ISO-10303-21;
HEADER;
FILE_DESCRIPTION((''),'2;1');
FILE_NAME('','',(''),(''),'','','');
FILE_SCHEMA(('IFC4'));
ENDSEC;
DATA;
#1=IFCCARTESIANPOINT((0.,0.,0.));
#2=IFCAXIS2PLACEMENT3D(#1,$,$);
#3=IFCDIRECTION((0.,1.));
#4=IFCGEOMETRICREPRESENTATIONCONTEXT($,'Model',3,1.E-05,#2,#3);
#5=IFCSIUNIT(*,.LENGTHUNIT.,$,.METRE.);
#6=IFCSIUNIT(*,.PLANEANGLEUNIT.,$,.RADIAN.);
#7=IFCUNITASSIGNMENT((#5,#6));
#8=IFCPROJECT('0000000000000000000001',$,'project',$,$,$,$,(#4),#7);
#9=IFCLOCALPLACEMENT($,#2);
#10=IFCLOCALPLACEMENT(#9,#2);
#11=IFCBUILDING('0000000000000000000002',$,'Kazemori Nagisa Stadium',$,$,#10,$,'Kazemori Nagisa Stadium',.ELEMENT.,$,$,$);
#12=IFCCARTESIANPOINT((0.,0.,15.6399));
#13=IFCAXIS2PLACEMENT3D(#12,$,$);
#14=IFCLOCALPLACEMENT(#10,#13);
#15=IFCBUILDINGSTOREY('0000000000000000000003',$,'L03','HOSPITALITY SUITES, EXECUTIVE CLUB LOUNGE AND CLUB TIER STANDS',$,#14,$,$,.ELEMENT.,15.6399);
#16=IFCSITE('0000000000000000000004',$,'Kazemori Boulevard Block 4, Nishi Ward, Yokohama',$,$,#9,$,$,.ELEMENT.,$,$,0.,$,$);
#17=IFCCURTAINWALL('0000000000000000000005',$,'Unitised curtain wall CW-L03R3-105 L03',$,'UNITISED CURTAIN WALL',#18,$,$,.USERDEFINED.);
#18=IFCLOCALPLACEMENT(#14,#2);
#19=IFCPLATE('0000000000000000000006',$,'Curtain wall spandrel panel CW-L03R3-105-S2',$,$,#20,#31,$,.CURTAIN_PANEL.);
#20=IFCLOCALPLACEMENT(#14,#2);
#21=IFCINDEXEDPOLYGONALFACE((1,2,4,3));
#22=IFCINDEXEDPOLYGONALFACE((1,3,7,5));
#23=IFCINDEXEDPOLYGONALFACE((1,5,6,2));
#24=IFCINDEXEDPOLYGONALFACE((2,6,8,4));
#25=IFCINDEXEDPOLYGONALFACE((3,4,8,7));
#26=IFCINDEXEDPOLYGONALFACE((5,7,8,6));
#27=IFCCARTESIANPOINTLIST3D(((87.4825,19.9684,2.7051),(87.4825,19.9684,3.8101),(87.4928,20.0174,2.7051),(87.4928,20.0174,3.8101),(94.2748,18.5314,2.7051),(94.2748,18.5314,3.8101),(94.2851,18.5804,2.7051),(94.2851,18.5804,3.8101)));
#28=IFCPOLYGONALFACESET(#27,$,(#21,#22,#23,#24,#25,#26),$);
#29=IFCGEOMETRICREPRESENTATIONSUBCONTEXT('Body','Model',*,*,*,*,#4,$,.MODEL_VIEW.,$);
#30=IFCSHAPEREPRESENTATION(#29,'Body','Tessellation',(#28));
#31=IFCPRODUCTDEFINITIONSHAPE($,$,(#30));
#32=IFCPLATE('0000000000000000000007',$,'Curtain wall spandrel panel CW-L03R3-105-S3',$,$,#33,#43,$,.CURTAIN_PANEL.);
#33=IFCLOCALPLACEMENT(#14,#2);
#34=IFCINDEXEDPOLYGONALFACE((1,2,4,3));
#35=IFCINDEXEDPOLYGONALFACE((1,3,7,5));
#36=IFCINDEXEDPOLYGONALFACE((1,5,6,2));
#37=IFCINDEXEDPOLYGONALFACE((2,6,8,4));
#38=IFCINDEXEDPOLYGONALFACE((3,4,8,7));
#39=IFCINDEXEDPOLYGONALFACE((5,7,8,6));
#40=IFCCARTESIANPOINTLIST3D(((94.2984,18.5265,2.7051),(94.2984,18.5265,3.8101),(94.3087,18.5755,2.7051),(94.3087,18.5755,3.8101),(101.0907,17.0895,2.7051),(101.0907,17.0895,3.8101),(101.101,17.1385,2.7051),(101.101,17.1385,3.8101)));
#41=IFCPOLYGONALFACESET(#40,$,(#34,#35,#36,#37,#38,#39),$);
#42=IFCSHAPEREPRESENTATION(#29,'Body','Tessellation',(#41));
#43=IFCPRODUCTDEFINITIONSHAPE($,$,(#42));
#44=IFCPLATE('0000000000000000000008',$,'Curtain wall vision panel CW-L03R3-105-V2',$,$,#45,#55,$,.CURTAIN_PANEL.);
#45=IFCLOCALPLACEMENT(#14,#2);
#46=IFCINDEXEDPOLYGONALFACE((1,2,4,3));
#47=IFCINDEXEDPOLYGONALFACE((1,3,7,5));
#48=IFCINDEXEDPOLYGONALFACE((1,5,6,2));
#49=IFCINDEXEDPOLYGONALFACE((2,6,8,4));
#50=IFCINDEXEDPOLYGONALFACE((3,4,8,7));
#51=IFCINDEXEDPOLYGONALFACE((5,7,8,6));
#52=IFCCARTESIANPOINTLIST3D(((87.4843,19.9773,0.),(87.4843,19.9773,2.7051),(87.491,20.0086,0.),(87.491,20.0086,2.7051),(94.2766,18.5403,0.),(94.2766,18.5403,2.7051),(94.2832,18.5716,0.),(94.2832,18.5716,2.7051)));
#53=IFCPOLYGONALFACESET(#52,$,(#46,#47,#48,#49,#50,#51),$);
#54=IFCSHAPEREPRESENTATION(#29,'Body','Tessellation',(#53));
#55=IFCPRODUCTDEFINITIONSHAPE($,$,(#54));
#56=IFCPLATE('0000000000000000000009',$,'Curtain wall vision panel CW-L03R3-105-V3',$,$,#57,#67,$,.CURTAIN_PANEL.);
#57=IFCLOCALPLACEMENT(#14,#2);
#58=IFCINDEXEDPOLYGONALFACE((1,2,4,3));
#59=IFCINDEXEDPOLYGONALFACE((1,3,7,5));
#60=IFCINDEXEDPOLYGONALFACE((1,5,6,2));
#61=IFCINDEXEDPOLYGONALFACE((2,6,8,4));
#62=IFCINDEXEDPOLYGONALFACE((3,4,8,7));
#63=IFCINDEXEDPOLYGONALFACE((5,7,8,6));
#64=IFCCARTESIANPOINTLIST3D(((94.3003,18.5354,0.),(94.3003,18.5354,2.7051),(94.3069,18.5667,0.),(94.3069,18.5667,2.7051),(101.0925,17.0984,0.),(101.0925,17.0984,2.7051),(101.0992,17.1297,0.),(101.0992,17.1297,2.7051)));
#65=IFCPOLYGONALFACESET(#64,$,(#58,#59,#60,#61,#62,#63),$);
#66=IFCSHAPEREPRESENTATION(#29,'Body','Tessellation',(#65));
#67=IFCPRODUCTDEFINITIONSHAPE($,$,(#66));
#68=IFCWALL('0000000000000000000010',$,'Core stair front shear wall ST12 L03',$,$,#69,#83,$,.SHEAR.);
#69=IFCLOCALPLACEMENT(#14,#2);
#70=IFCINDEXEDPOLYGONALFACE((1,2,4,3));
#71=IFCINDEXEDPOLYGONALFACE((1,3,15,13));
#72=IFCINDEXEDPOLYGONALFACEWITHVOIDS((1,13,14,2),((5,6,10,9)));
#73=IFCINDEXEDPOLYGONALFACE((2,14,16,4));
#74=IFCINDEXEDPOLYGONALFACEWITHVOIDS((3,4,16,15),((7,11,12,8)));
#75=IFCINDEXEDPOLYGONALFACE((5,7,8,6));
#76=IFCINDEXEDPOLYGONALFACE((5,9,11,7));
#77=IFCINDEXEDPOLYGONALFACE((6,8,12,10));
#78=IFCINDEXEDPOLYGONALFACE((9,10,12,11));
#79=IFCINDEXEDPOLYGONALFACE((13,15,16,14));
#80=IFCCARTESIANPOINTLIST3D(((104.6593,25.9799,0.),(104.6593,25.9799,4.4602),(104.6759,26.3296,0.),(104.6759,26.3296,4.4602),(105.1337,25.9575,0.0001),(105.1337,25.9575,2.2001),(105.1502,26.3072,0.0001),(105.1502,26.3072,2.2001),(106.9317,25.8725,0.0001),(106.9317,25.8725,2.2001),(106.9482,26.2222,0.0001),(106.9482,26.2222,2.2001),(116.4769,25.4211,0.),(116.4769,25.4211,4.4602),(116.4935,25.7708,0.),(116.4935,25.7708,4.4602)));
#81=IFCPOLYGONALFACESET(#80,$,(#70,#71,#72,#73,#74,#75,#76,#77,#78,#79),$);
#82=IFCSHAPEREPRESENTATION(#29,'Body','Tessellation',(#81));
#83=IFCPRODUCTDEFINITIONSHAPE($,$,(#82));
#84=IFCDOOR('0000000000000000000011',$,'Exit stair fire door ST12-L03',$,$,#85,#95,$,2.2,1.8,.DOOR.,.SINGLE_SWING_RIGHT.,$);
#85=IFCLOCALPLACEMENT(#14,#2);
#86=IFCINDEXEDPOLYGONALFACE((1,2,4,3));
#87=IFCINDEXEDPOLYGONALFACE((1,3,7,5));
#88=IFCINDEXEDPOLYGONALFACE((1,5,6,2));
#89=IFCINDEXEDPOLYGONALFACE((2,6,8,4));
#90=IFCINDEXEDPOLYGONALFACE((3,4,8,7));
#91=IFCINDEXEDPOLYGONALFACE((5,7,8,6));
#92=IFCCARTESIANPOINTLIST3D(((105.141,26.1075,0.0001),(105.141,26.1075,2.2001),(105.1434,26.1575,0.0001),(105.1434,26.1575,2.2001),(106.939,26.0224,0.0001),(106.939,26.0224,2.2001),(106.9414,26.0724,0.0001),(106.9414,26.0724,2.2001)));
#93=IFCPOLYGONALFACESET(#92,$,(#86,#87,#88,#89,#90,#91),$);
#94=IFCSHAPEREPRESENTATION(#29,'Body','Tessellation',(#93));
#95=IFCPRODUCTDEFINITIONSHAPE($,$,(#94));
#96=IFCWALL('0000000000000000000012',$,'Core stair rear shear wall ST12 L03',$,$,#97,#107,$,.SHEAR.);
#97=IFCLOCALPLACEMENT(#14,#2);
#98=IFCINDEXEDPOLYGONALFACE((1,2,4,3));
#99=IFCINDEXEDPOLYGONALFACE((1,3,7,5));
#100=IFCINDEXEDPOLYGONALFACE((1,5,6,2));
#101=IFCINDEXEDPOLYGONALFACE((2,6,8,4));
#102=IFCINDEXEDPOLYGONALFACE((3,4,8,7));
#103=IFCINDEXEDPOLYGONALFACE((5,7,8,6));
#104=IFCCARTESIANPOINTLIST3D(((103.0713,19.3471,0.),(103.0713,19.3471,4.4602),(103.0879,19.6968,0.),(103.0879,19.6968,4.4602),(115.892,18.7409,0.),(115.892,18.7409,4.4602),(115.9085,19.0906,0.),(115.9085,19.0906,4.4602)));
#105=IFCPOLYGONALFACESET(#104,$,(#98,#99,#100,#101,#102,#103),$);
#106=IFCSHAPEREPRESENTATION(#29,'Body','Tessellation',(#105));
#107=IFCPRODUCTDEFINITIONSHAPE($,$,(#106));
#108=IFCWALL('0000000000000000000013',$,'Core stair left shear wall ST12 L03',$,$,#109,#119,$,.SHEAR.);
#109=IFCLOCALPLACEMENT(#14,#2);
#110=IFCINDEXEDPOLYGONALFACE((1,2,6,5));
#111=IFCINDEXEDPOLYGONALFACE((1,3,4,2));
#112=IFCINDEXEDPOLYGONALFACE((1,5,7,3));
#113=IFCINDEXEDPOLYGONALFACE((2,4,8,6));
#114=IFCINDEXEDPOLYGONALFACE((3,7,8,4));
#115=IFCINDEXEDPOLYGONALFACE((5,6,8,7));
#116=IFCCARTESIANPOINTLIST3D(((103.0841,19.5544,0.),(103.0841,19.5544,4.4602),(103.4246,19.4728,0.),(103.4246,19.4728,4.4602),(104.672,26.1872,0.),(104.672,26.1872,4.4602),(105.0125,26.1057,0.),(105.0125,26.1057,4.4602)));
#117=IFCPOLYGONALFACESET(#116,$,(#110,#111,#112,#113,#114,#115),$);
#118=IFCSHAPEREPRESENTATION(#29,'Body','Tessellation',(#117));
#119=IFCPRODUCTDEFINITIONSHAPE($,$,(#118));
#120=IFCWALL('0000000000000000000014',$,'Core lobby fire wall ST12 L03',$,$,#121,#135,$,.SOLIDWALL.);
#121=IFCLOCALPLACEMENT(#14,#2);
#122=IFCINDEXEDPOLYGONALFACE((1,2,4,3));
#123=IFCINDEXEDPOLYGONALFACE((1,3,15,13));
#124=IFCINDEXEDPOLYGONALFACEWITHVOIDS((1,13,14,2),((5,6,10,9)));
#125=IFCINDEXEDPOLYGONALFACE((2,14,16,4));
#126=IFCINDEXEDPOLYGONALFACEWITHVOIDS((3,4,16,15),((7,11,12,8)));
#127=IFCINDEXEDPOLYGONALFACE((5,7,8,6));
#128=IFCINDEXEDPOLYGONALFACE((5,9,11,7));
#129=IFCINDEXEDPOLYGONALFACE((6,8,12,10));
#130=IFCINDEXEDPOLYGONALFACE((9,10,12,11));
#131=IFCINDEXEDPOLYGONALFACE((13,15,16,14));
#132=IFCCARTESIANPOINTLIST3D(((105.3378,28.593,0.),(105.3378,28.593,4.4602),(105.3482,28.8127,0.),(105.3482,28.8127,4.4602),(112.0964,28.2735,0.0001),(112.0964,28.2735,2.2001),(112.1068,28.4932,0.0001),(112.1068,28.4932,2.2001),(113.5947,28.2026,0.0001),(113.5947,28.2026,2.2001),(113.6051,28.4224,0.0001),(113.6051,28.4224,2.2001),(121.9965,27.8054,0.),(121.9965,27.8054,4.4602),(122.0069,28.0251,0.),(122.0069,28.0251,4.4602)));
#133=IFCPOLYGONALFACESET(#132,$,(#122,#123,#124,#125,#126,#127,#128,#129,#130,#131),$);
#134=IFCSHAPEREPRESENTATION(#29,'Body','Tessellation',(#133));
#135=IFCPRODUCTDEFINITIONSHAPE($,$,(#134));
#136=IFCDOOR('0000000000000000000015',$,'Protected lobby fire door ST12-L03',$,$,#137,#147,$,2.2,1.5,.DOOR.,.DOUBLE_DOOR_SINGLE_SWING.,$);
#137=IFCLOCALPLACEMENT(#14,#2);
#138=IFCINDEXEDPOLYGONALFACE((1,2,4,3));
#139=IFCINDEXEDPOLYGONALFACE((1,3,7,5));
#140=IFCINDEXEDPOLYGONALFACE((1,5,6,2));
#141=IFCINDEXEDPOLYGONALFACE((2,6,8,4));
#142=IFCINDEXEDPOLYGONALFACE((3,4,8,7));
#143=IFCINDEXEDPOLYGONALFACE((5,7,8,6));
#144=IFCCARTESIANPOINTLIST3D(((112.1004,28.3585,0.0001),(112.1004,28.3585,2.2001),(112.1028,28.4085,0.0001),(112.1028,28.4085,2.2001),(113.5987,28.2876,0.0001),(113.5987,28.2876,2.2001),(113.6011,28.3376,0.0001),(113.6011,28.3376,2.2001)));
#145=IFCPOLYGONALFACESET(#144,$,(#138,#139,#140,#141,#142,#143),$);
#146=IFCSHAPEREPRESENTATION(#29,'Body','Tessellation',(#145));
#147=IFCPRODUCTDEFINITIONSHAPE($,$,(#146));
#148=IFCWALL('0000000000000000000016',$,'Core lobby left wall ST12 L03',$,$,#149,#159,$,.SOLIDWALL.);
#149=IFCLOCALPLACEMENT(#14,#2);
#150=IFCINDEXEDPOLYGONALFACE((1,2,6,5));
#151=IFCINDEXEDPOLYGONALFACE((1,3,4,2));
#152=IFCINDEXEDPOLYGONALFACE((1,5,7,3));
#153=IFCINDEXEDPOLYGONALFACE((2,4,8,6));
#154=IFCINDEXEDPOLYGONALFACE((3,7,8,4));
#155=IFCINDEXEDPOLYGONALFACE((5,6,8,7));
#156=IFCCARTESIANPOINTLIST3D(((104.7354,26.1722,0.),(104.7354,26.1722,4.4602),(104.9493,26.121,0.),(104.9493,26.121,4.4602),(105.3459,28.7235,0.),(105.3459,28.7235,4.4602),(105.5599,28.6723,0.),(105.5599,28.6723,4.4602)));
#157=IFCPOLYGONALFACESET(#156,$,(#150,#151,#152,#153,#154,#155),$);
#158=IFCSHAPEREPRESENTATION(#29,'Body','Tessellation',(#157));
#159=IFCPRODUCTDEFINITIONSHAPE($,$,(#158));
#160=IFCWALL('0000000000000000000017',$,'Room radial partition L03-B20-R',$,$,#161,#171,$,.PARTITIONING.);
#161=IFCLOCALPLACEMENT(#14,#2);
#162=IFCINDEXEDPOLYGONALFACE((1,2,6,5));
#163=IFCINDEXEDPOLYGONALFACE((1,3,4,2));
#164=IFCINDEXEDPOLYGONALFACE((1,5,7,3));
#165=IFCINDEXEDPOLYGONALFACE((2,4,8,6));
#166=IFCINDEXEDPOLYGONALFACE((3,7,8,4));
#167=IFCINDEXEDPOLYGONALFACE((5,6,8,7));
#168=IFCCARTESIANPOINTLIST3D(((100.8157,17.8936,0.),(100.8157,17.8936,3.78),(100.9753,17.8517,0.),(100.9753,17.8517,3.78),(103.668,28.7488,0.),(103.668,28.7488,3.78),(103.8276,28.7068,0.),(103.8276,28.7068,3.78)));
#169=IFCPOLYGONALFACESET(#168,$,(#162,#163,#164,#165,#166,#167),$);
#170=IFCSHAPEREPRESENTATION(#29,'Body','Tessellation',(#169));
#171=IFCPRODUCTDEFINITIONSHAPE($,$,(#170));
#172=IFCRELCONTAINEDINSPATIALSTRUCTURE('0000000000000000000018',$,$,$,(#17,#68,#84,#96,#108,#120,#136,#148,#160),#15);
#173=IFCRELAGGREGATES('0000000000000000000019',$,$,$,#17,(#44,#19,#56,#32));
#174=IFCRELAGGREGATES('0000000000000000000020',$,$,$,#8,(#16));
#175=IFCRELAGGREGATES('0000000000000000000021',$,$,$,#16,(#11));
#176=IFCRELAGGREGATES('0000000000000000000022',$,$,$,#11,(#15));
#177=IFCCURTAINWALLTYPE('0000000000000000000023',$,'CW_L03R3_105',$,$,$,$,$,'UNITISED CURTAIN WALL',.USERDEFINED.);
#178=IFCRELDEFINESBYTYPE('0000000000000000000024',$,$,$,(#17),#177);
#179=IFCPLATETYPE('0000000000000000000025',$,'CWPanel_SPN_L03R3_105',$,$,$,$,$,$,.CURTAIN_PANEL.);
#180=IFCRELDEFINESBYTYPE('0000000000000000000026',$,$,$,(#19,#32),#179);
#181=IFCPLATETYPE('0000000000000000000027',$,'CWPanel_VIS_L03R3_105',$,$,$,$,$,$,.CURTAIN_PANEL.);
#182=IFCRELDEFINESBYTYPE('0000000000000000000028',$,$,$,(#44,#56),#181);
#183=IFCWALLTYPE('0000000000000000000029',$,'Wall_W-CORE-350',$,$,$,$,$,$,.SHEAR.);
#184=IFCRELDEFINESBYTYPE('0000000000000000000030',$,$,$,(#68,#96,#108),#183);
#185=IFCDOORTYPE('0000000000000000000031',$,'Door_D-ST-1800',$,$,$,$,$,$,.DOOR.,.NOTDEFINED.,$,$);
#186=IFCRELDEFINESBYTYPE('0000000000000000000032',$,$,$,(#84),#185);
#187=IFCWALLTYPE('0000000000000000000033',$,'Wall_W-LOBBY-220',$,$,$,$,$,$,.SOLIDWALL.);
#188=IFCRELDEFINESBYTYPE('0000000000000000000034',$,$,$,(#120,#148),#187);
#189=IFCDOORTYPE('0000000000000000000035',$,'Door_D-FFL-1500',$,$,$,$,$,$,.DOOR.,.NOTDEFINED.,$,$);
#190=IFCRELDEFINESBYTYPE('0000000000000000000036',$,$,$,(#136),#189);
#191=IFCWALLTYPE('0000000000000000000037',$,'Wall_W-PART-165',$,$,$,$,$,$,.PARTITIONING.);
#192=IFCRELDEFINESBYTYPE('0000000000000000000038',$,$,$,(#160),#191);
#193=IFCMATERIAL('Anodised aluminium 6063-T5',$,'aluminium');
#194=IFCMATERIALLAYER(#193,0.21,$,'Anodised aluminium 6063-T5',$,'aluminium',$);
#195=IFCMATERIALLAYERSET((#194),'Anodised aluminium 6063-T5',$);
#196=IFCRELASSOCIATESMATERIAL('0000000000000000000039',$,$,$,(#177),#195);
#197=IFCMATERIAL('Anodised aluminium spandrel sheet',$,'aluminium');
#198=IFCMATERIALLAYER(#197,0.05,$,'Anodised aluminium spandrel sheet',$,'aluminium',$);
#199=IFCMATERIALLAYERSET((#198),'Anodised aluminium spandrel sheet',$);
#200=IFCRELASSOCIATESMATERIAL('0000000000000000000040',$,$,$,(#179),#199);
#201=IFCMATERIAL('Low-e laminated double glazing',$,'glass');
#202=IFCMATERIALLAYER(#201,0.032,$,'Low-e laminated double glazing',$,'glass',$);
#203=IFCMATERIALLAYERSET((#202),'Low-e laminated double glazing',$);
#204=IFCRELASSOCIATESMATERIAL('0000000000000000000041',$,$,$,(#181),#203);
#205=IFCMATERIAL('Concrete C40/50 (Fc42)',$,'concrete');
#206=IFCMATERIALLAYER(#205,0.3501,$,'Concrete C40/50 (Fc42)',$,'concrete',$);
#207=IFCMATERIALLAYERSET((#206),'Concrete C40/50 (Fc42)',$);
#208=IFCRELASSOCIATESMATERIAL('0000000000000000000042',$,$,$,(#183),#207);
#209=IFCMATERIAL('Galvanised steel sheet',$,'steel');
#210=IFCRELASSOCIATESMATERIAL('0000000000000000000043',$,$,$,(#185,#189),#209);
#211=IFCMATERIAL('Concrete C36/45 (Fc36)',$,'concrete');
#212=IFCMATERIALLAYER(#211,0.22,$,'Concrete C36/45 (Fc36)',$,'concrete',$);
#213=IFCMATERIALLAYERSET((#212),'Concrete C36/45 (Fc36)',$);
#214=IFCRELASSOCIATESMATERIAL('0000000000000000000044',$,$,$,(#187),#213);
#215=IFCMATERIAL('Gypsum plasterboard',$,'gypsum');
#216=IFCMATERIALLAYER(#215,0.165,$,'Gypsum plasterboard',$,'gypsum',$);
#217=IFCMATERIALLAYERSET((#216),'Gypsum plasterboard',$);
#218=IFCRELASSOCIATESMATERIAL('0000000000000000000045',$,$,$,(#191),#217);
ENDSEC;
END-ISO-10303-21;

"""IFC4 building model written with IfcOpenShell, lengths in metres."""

from ifc_helpers import new_model, si_unit, direction, frame, frame_2d, origin, origin_2d, place, context, subcontext, project, spatial, rectangle, extrude, material, layer, layer_set, type_object, element, fill, aggregate, save


model = new_model("IFC4")

# Units and contexts
model_context = context("Model", 3, precision=1e-05, world=origin(), true_north=direction((0.0, 1.0)))
body_context = subcontext(model_context, "Body", "Model", "MODEL_VIEW")
ifc_project = project(units=[si_unit("LENGTHUNIT", "METRE"), si_unit("PLANEANGLEUNIT", "RADIAN")], contexts=[model_context])

# Site, building, storey
site_placement = place(None, origin())
site = spatial("IfcSite", under=ifc_project, at=site_placement, Name="Kazemori Boulevard Block 4, Nishi Ward, Yokohama", CompositionType="ELEMENT", RefElevation=0.0)
building_placement = place(site_placement, origin())
building = spatial("IfcBuilding", under=site, at=building_placement, Name="Kazemori Nagisa Stadium", LongName="Kazemori Nagisa Stadium", CompositionType="ELEMENT")
storey_placement = place(building_placement, frame((0.0, 0.0, 15.6399)))
storey = spatial("IfcBuildingStorey", under=building, at=storey_placement, Name="L03", Description="HOSPITALITY SUITES, EXECUTIVE CLUB LOUNGE AND CLUB TIER STANDS", CompositionType="ELEMENT", Elevation=15.6399)

# Shared definitions
ifc_material_1 = material(Name="Concrete C40/50 (Fc42)", Category="concrete")

# Curtain wall
ifc_material_2 = material(Name="Anodised aluminium 6063-T5", Category="aluminium")
ifc_layer_1 = layer(ifc_material_2, 0.21, Name="Anodised aluminium 6063-T5", Category="aluminium")
ifc_layer_set_1 = layer_set([ifc_layer_1], Name="Anodised aluminium 6063-T5")
curtain_wall_type_1 = type_object("IfcCurtainWallType", Name="CW_L03R3_105", ElementType="UNITISED CURTAIN WALL", PredefinedType="USERDEFINED", material=ifc_layer_set_1)
curtain_wall_1_placement = place(storey_placement, origin())
curtain_wall_1 = element("IfcCurtainWall", 1, at=curtain_wall_1_placement, inside=storey, type_object=curtain_wall_type_1, Name="Unitised curtain wall CW-L03R3-105 L03", ObjectType="UNITISED CURTAIN WALL", PredefinedType="USERDEFINED")

# Plates
ifc_material_3 = material(Name="Anodised aluminium spandrel sheet", Category="aluminium")
ifc_layer_2 = layer(ifc_material_3, 0.05, Name="Anodised aluminium spandrel sheet", Category="aluminium")
ifc_layer_set_2 = layer_set([ifc_layer_2], Name="Anodised aluminium spandrel sheet")
plate_type_1 = type_object("IfcPlateType", Name="CWPanel_SPN_L03R3_105", PredefinedType="CURTAIN_PANEL", material=ifc_layer_set_2)
plate_1_placement = place(storey_placement, frame((90.8838, 19.2744, 2.7051), z_axis=(0.0, 0.0, 1.0), x_axis=(0.978345, -0.206981, 0.0)))
plate_1 = element("IfcPlate", 2, at=plate_1_placement, type_object=plate_type_1, Name="Curtain wall spandrel panel CW-L03R3-105-S2", PredefinedType="CURTAIN_PANEL", context=body_context, shape_type="SweptSolid", body=[
    extrude(rectangle(XDim=6.9426, YDim=0.05, at=origin_2d()), origin(), (0.0, 0.0, 1.0), 1.105),
])
plate_2_placement = place(storey_placement, frame((97.6997, 17.8325, 2.7051), z_axis=(0.0, 0.0, 1.0), x_axis=(0.978345, -0.206981, 0.0)))
plate_2 = element("IfcPlate", 3, at=plate_2_placement, type_object=plate_type_1, Name="Curtain wall spandrel panel CW-L03R3-105-S3", PredefinedType="CURTAIN_PANEL", context=body_context, shape_type="SweptSolid", body=[
    extrude(rectangle(XDim=6.9426, YDim=0.05, at=origin_2d()), origin(), (0.0, 0.0, 1.0), 1.105),
])
ifc_material_4 = material(Name="Low-e laminated double glazing", Category="glass")
ifc_layer_3 = layer(ifc_material_4, 0.032, Name="Low-e laminated double glazing", Category="glass")
ifc_layer_set_3 = layer_set([ifc_layer_3], Name="Low-e laminated double glazing")
plate_type_2 = type_object("IfcPlateType", Name="CWPanel_VIS_L03R3_105", PredefinedType="CURTAIN_PANEL", material=ifc_layer_set_3)
plate_3_placement = place(storey_placement, frame((90.8838, 19.2744, 0.0), z_axis=(0.0, 0.0, 1.0), x_axis=(0.978345, -0.206981, 0.0)))
plate_3 = element("IfcPlate", 4, at=plate_3_placement, type_object=plate_type_2, Name="Curtain wall vision panel CW-L03R3-105-V2", PredefinedType="CURTAIN_PANEL", context=body_context, shape_type="SweptSolid", body=[
    extrude(rectangle(XDim=6.9426, YDim=0.032, at=origin_2d()), origin(), (0.0, 0.0, 1.0), 2.7051),
])
plate_4_placement = place(storey_placement, frame((97.6997, 17.8325, 0.0), z_axis=(0.0, 0.0, 1.0), x_axis=(0.978345, -0.206981, 0.0)))
plate_4 = element("IfcPlate", 5, at=plate_4_placement, type_object=plate_type_2, Name="Curtain wall vision panel CW-L03R3-105-V3", PredefinedType="CURTAIN_PANEL", context=body_context, shape_type="SweptSolid", body=[
    extrude(rectangle(XDim=6.9426, YDim=0.032, at=origin_2d()), origin(), (0.0, 0.0, 1.0), 2.7051),
])
aggregate(curtain_wall_1, [plate_3, plate_1, plate_4, plate_2])

# Wall, opening, door
ifc_layer_4 = layer(ifc_material_1, 0.3501, Name="Concrete C40/50 (Fc42)", Category="concrete")
ifc_layer_set_4 = layer_set([ifc_layer_4], Name="Concrete C40/50 (Fc42)")
wall_type_1 = type_object("IfcWallType", Name="Wall_W-CORE-350", PredefinedType="SHEAR", material=ifc_layer_set_4)
wall_1_placement = place(storey_placement, frame((104.6675, 26.1548, 0.0), z_axis=(0.0, 0.0, 1.0), x_axis=(0.998884, -0.047236, 0.0)))
wall_1 = element("IfcWall", 6, at=wall_1_placement, inside=storey, type_object=wall_type_1, Name="Core stair front shear wall ST12 L03", PredefinedType="SHEAR", context=body_context, shape_type="SweptSolid", body=[
    extrude(rectangle(XDim=11.8308, YDim=0.3501, at=frame_2d((5.9155, 0.0))), origin(), (0.0, 0.0, 1.0), 4.4602),
])
opening_1_placement = place(wall_1_placement, frame((0.4751, 0.0, 0.0)))
opening_1 = element("IfcOpeningElement", 7, at=opening_1_placement, cuts=wall_1, PredefinedType="OPENING", context=body_context, shape_type="SweptSolid", body=[
    extrude(rectangle(XDim=1.8, YDim=2.2, at=frame_2d((0.8999, 1.1001))), frame((0.0, 0.1851, 0.0), z_axis=(0.0, -1.0, 0.0), x_axis=(1.0, 0.0, 0.0)), (0.0, 0.0, 1.0), 0.3701),
])
ifc_material_5 = material(Name="Galvanised steel sheet", Category="steel")
door_type_1 = type_object("IfcDoorType", Name="Door_D-ST-1800", OperationType="NOTDEFINED", PredefinedType="DOOR", material=ifc_material_5)
door_1_placement = place(opening_1_placement, frame((1.8, 0.0, 0.0), z_axis=(0.0, 0.0, 1.0), x_axis=(-1.0, 0.0, 0.0)))
door_1 = element("IfcDoor", 8, at=door_1_placement, inside=storey, type_object=door_type_1, Name="Exit stair fire door ST12-L03", OperationType="SINGLE_SWING_RIGHT", OverallHeight=2.2, OverallWidth=1.8, PredefinedType="DOOR", context=body_context, shape_type="SweptSolid", body=[
    extrude(rectangle(XDim=1.8, YDim=2.2, at=frame_2d((0.8999, 1.1001))), frame((0.0, 0.0249, 0.0), z_axis=(0.0, -1.0, 0.0), x_axis=(1.0, 0.0, 0.0)), (0.0, 0.0, 1.0), 0.05),
])
fill(opening_1, door_1)

# Walls
wall_2_placement = place(storey_placement, frame((103.0796, 19.522, 0.0), z_axis=(0.0, 0.0, 1.0), x_axis=(0.998884, -0.047231, 0.0)))
element("IfcWall", 9, at=wall_2_placement, inside=storey, type_object=wall_type_1, Name="Core stair rear shear wall ST12 L03", PredefinedType="SHEAR", context=body_context, shape_type="SweptSolid", body=[
    extrude(rectangle(XDim=12.835, YDim=0.3501, at=frame_2d((6.4175, 0.0))), origin(), (0.0, 0.0, 1.0), 4.4602),
])
wall_3_placement = place(storey_placement, frame((104.8423, 26.1465, 0.0), z_axis=(0.0, 0.0, 1.0), x_axis=(-0.232821, -0.97252, 0.0)))
element("IfcWall", 10, at=wall_3_placement, inside=storey, type_object=wall_type_1, Name="Core stair left shear wall ST12 L03", PredefinedType="SHEAR", context=body_context, shape_type="SweptSolid", body=[
    extrude(rectangle(XDim=6.8203, YDim=0.3501, at=frame_2d((3.4102, 0.0))), origin(), (0.0, 0.0, 1.0), 4.4602),
])

# Wall, opening, door
ifc_material_6 = material(Name="Concrete C36/45 (Fc36)", Category="concrete")
ifc_layer_5 = layer(ifc_material_6, 0.22, Name="Concrete C36/45 (Fc36)", Category="concrete")
ifc_layer_set_5 = layer_set([ifc_layer_5], Name="Concrete C36/45 (Fc36)")
wall_type_2 = type_object("IfcWallType", Name="Wall_W-LOBBY-220", PredefinedType="SOLIDWALL", material=ifc_layer_set_5)
wall_4_placement = place(storey_placement, frame((105.343, 28.7029, 0.0), z_axis=(0.0, 0.0, 1.0), x_axis=(0.998884, -0.047226, 0.0)))
wall_4 = element("IfcWall", 11, at=wall_4_placement, inside=storey, type_object=wall_type_2, Name="Core lobby fire wall ST12 L03", PredefinedType="SOLIDWALL", context=body_context, shape_type="SweptSolid", body=[
    extrude(rectangle(XDim=16.6772, YDim=0.22, at=frame_2d((8.3386, 0.0))), origin(), (0.0, 0.0, 1.0), 4.4602),
])
opening_2_placement = place(wall_4_placement, frame((6.7661, 0.0, 0.0)))
opening_2 = element("IfcOpeningElement", 12, at=opening_2_placement, cuts=wall_4, PredefinedType="OPENING", context=body_context, shape_type="SweptSolid", body=[
    extrude(rectangle(XDim=1.5, YDim=2.2, at=frame_2d((0.75, 1.1001))), frame((0.0, 0.1199, 0.0), z_axis=(0.0, -1.0, 0.0), x_axis=(1.0, 0.0, 0.0)), (0.0, 0.0, 1.0), 0.24),
])
door_type_2 = type_object("IfcDoorType", Name="Door_D-FFL-1500", OperationType="NOTDEFINED", PredefinedType="DOOR", material=ifc_material_5)
door_2_placement = place(opening_2_placement, frame((1.5, 0.0, 0.0), z_axis=(0.0, 0.0, 1.0), x_axis=(-1.0, 0.0, 0.0)))
door_2 = element("IfcDoor", 13, at=door_2_placement, inside=storey, type_object=door_type_2, Name="Protected lobby fire door ST12-L03", OperationType="DOUBLE_DOOR_SINGLE_SWING", OverallHeight=2.2, OverallWidth=1.5, PredefinedType="DOOR", context=body_context, shape_type="SweptSolid", body=[
    extrude(rectangle(XDim=1.5, YDim=2.2, at=frame_2d((0.75, 1.1001))), frame((0.0, 0.0249, 0.0), z_axis=(0.0, -1.0, 0.0), x_axis=(1.0, 0.0, 0.0)), (0.0, 0.0, 1.0), 0.05),
])
fill(opening_2, door_2)

# Walls
wall_5_placement = place(storey_placement, frame((105.4529, 28.6978, 0.0), z_axis=(0.0, 0.0, 1.0), x_axis=(-0.232757, -0.972535, 0.0)))
element("IfcWall", 14, at=wall_5_placement, inside=storey, type_object=wall_type_2, Name="Core lobby left wall ST12 L03", PredefinedType="SOLIDWALL", context=body_context, shape_type="SweptSolid", body=[
    extrude(rectangle(XDim=2.6233, YDim=0.22, at=frame_2d((1.3115, 0.0))), origin(), (0.0, 0.0, 1.0), 4.4602),
])
ifc_material_7 = material(Name="Gypsum plasterboard", Category="gypsum")
ifc_layer_6 = layer(ifc_material_7, 0.165, Name="Gypsum plasterboard", Category="gypsum")
ifc_layer_set_6 = layer_set([ifc_layer_6], Name="Gypsum plasterboard")
wall_type_3 = type_object("IfcWallType", Name="Wall_W-PART-165", PredefinedType="PARTITIONING", material=ifc_layer_set_6)
wall_6_placement = place(storey_placement, frame((103.7478, 28.7278, 0.0), z_axis=(0.0, 0.0, 1.0), x_axis=(-0.254131, -0.96717, 0.0)))
element("IfcWall", 15, at=wall_6_placement, inside=storey, type_object=wall_type_3, Name="Room radial partition L03-B20-R", PredefinedType="PARTITIONING", context=body_context, shape_type="SweptSolid", body=[
    extrude(rectangle(XDim=11.2236, YDim=0.165, at=frame_2d((5.6118, 0.0))), origin(), (0.0, 0.0, 1.0), 3.78),
])

save(model, "model.ifc")
